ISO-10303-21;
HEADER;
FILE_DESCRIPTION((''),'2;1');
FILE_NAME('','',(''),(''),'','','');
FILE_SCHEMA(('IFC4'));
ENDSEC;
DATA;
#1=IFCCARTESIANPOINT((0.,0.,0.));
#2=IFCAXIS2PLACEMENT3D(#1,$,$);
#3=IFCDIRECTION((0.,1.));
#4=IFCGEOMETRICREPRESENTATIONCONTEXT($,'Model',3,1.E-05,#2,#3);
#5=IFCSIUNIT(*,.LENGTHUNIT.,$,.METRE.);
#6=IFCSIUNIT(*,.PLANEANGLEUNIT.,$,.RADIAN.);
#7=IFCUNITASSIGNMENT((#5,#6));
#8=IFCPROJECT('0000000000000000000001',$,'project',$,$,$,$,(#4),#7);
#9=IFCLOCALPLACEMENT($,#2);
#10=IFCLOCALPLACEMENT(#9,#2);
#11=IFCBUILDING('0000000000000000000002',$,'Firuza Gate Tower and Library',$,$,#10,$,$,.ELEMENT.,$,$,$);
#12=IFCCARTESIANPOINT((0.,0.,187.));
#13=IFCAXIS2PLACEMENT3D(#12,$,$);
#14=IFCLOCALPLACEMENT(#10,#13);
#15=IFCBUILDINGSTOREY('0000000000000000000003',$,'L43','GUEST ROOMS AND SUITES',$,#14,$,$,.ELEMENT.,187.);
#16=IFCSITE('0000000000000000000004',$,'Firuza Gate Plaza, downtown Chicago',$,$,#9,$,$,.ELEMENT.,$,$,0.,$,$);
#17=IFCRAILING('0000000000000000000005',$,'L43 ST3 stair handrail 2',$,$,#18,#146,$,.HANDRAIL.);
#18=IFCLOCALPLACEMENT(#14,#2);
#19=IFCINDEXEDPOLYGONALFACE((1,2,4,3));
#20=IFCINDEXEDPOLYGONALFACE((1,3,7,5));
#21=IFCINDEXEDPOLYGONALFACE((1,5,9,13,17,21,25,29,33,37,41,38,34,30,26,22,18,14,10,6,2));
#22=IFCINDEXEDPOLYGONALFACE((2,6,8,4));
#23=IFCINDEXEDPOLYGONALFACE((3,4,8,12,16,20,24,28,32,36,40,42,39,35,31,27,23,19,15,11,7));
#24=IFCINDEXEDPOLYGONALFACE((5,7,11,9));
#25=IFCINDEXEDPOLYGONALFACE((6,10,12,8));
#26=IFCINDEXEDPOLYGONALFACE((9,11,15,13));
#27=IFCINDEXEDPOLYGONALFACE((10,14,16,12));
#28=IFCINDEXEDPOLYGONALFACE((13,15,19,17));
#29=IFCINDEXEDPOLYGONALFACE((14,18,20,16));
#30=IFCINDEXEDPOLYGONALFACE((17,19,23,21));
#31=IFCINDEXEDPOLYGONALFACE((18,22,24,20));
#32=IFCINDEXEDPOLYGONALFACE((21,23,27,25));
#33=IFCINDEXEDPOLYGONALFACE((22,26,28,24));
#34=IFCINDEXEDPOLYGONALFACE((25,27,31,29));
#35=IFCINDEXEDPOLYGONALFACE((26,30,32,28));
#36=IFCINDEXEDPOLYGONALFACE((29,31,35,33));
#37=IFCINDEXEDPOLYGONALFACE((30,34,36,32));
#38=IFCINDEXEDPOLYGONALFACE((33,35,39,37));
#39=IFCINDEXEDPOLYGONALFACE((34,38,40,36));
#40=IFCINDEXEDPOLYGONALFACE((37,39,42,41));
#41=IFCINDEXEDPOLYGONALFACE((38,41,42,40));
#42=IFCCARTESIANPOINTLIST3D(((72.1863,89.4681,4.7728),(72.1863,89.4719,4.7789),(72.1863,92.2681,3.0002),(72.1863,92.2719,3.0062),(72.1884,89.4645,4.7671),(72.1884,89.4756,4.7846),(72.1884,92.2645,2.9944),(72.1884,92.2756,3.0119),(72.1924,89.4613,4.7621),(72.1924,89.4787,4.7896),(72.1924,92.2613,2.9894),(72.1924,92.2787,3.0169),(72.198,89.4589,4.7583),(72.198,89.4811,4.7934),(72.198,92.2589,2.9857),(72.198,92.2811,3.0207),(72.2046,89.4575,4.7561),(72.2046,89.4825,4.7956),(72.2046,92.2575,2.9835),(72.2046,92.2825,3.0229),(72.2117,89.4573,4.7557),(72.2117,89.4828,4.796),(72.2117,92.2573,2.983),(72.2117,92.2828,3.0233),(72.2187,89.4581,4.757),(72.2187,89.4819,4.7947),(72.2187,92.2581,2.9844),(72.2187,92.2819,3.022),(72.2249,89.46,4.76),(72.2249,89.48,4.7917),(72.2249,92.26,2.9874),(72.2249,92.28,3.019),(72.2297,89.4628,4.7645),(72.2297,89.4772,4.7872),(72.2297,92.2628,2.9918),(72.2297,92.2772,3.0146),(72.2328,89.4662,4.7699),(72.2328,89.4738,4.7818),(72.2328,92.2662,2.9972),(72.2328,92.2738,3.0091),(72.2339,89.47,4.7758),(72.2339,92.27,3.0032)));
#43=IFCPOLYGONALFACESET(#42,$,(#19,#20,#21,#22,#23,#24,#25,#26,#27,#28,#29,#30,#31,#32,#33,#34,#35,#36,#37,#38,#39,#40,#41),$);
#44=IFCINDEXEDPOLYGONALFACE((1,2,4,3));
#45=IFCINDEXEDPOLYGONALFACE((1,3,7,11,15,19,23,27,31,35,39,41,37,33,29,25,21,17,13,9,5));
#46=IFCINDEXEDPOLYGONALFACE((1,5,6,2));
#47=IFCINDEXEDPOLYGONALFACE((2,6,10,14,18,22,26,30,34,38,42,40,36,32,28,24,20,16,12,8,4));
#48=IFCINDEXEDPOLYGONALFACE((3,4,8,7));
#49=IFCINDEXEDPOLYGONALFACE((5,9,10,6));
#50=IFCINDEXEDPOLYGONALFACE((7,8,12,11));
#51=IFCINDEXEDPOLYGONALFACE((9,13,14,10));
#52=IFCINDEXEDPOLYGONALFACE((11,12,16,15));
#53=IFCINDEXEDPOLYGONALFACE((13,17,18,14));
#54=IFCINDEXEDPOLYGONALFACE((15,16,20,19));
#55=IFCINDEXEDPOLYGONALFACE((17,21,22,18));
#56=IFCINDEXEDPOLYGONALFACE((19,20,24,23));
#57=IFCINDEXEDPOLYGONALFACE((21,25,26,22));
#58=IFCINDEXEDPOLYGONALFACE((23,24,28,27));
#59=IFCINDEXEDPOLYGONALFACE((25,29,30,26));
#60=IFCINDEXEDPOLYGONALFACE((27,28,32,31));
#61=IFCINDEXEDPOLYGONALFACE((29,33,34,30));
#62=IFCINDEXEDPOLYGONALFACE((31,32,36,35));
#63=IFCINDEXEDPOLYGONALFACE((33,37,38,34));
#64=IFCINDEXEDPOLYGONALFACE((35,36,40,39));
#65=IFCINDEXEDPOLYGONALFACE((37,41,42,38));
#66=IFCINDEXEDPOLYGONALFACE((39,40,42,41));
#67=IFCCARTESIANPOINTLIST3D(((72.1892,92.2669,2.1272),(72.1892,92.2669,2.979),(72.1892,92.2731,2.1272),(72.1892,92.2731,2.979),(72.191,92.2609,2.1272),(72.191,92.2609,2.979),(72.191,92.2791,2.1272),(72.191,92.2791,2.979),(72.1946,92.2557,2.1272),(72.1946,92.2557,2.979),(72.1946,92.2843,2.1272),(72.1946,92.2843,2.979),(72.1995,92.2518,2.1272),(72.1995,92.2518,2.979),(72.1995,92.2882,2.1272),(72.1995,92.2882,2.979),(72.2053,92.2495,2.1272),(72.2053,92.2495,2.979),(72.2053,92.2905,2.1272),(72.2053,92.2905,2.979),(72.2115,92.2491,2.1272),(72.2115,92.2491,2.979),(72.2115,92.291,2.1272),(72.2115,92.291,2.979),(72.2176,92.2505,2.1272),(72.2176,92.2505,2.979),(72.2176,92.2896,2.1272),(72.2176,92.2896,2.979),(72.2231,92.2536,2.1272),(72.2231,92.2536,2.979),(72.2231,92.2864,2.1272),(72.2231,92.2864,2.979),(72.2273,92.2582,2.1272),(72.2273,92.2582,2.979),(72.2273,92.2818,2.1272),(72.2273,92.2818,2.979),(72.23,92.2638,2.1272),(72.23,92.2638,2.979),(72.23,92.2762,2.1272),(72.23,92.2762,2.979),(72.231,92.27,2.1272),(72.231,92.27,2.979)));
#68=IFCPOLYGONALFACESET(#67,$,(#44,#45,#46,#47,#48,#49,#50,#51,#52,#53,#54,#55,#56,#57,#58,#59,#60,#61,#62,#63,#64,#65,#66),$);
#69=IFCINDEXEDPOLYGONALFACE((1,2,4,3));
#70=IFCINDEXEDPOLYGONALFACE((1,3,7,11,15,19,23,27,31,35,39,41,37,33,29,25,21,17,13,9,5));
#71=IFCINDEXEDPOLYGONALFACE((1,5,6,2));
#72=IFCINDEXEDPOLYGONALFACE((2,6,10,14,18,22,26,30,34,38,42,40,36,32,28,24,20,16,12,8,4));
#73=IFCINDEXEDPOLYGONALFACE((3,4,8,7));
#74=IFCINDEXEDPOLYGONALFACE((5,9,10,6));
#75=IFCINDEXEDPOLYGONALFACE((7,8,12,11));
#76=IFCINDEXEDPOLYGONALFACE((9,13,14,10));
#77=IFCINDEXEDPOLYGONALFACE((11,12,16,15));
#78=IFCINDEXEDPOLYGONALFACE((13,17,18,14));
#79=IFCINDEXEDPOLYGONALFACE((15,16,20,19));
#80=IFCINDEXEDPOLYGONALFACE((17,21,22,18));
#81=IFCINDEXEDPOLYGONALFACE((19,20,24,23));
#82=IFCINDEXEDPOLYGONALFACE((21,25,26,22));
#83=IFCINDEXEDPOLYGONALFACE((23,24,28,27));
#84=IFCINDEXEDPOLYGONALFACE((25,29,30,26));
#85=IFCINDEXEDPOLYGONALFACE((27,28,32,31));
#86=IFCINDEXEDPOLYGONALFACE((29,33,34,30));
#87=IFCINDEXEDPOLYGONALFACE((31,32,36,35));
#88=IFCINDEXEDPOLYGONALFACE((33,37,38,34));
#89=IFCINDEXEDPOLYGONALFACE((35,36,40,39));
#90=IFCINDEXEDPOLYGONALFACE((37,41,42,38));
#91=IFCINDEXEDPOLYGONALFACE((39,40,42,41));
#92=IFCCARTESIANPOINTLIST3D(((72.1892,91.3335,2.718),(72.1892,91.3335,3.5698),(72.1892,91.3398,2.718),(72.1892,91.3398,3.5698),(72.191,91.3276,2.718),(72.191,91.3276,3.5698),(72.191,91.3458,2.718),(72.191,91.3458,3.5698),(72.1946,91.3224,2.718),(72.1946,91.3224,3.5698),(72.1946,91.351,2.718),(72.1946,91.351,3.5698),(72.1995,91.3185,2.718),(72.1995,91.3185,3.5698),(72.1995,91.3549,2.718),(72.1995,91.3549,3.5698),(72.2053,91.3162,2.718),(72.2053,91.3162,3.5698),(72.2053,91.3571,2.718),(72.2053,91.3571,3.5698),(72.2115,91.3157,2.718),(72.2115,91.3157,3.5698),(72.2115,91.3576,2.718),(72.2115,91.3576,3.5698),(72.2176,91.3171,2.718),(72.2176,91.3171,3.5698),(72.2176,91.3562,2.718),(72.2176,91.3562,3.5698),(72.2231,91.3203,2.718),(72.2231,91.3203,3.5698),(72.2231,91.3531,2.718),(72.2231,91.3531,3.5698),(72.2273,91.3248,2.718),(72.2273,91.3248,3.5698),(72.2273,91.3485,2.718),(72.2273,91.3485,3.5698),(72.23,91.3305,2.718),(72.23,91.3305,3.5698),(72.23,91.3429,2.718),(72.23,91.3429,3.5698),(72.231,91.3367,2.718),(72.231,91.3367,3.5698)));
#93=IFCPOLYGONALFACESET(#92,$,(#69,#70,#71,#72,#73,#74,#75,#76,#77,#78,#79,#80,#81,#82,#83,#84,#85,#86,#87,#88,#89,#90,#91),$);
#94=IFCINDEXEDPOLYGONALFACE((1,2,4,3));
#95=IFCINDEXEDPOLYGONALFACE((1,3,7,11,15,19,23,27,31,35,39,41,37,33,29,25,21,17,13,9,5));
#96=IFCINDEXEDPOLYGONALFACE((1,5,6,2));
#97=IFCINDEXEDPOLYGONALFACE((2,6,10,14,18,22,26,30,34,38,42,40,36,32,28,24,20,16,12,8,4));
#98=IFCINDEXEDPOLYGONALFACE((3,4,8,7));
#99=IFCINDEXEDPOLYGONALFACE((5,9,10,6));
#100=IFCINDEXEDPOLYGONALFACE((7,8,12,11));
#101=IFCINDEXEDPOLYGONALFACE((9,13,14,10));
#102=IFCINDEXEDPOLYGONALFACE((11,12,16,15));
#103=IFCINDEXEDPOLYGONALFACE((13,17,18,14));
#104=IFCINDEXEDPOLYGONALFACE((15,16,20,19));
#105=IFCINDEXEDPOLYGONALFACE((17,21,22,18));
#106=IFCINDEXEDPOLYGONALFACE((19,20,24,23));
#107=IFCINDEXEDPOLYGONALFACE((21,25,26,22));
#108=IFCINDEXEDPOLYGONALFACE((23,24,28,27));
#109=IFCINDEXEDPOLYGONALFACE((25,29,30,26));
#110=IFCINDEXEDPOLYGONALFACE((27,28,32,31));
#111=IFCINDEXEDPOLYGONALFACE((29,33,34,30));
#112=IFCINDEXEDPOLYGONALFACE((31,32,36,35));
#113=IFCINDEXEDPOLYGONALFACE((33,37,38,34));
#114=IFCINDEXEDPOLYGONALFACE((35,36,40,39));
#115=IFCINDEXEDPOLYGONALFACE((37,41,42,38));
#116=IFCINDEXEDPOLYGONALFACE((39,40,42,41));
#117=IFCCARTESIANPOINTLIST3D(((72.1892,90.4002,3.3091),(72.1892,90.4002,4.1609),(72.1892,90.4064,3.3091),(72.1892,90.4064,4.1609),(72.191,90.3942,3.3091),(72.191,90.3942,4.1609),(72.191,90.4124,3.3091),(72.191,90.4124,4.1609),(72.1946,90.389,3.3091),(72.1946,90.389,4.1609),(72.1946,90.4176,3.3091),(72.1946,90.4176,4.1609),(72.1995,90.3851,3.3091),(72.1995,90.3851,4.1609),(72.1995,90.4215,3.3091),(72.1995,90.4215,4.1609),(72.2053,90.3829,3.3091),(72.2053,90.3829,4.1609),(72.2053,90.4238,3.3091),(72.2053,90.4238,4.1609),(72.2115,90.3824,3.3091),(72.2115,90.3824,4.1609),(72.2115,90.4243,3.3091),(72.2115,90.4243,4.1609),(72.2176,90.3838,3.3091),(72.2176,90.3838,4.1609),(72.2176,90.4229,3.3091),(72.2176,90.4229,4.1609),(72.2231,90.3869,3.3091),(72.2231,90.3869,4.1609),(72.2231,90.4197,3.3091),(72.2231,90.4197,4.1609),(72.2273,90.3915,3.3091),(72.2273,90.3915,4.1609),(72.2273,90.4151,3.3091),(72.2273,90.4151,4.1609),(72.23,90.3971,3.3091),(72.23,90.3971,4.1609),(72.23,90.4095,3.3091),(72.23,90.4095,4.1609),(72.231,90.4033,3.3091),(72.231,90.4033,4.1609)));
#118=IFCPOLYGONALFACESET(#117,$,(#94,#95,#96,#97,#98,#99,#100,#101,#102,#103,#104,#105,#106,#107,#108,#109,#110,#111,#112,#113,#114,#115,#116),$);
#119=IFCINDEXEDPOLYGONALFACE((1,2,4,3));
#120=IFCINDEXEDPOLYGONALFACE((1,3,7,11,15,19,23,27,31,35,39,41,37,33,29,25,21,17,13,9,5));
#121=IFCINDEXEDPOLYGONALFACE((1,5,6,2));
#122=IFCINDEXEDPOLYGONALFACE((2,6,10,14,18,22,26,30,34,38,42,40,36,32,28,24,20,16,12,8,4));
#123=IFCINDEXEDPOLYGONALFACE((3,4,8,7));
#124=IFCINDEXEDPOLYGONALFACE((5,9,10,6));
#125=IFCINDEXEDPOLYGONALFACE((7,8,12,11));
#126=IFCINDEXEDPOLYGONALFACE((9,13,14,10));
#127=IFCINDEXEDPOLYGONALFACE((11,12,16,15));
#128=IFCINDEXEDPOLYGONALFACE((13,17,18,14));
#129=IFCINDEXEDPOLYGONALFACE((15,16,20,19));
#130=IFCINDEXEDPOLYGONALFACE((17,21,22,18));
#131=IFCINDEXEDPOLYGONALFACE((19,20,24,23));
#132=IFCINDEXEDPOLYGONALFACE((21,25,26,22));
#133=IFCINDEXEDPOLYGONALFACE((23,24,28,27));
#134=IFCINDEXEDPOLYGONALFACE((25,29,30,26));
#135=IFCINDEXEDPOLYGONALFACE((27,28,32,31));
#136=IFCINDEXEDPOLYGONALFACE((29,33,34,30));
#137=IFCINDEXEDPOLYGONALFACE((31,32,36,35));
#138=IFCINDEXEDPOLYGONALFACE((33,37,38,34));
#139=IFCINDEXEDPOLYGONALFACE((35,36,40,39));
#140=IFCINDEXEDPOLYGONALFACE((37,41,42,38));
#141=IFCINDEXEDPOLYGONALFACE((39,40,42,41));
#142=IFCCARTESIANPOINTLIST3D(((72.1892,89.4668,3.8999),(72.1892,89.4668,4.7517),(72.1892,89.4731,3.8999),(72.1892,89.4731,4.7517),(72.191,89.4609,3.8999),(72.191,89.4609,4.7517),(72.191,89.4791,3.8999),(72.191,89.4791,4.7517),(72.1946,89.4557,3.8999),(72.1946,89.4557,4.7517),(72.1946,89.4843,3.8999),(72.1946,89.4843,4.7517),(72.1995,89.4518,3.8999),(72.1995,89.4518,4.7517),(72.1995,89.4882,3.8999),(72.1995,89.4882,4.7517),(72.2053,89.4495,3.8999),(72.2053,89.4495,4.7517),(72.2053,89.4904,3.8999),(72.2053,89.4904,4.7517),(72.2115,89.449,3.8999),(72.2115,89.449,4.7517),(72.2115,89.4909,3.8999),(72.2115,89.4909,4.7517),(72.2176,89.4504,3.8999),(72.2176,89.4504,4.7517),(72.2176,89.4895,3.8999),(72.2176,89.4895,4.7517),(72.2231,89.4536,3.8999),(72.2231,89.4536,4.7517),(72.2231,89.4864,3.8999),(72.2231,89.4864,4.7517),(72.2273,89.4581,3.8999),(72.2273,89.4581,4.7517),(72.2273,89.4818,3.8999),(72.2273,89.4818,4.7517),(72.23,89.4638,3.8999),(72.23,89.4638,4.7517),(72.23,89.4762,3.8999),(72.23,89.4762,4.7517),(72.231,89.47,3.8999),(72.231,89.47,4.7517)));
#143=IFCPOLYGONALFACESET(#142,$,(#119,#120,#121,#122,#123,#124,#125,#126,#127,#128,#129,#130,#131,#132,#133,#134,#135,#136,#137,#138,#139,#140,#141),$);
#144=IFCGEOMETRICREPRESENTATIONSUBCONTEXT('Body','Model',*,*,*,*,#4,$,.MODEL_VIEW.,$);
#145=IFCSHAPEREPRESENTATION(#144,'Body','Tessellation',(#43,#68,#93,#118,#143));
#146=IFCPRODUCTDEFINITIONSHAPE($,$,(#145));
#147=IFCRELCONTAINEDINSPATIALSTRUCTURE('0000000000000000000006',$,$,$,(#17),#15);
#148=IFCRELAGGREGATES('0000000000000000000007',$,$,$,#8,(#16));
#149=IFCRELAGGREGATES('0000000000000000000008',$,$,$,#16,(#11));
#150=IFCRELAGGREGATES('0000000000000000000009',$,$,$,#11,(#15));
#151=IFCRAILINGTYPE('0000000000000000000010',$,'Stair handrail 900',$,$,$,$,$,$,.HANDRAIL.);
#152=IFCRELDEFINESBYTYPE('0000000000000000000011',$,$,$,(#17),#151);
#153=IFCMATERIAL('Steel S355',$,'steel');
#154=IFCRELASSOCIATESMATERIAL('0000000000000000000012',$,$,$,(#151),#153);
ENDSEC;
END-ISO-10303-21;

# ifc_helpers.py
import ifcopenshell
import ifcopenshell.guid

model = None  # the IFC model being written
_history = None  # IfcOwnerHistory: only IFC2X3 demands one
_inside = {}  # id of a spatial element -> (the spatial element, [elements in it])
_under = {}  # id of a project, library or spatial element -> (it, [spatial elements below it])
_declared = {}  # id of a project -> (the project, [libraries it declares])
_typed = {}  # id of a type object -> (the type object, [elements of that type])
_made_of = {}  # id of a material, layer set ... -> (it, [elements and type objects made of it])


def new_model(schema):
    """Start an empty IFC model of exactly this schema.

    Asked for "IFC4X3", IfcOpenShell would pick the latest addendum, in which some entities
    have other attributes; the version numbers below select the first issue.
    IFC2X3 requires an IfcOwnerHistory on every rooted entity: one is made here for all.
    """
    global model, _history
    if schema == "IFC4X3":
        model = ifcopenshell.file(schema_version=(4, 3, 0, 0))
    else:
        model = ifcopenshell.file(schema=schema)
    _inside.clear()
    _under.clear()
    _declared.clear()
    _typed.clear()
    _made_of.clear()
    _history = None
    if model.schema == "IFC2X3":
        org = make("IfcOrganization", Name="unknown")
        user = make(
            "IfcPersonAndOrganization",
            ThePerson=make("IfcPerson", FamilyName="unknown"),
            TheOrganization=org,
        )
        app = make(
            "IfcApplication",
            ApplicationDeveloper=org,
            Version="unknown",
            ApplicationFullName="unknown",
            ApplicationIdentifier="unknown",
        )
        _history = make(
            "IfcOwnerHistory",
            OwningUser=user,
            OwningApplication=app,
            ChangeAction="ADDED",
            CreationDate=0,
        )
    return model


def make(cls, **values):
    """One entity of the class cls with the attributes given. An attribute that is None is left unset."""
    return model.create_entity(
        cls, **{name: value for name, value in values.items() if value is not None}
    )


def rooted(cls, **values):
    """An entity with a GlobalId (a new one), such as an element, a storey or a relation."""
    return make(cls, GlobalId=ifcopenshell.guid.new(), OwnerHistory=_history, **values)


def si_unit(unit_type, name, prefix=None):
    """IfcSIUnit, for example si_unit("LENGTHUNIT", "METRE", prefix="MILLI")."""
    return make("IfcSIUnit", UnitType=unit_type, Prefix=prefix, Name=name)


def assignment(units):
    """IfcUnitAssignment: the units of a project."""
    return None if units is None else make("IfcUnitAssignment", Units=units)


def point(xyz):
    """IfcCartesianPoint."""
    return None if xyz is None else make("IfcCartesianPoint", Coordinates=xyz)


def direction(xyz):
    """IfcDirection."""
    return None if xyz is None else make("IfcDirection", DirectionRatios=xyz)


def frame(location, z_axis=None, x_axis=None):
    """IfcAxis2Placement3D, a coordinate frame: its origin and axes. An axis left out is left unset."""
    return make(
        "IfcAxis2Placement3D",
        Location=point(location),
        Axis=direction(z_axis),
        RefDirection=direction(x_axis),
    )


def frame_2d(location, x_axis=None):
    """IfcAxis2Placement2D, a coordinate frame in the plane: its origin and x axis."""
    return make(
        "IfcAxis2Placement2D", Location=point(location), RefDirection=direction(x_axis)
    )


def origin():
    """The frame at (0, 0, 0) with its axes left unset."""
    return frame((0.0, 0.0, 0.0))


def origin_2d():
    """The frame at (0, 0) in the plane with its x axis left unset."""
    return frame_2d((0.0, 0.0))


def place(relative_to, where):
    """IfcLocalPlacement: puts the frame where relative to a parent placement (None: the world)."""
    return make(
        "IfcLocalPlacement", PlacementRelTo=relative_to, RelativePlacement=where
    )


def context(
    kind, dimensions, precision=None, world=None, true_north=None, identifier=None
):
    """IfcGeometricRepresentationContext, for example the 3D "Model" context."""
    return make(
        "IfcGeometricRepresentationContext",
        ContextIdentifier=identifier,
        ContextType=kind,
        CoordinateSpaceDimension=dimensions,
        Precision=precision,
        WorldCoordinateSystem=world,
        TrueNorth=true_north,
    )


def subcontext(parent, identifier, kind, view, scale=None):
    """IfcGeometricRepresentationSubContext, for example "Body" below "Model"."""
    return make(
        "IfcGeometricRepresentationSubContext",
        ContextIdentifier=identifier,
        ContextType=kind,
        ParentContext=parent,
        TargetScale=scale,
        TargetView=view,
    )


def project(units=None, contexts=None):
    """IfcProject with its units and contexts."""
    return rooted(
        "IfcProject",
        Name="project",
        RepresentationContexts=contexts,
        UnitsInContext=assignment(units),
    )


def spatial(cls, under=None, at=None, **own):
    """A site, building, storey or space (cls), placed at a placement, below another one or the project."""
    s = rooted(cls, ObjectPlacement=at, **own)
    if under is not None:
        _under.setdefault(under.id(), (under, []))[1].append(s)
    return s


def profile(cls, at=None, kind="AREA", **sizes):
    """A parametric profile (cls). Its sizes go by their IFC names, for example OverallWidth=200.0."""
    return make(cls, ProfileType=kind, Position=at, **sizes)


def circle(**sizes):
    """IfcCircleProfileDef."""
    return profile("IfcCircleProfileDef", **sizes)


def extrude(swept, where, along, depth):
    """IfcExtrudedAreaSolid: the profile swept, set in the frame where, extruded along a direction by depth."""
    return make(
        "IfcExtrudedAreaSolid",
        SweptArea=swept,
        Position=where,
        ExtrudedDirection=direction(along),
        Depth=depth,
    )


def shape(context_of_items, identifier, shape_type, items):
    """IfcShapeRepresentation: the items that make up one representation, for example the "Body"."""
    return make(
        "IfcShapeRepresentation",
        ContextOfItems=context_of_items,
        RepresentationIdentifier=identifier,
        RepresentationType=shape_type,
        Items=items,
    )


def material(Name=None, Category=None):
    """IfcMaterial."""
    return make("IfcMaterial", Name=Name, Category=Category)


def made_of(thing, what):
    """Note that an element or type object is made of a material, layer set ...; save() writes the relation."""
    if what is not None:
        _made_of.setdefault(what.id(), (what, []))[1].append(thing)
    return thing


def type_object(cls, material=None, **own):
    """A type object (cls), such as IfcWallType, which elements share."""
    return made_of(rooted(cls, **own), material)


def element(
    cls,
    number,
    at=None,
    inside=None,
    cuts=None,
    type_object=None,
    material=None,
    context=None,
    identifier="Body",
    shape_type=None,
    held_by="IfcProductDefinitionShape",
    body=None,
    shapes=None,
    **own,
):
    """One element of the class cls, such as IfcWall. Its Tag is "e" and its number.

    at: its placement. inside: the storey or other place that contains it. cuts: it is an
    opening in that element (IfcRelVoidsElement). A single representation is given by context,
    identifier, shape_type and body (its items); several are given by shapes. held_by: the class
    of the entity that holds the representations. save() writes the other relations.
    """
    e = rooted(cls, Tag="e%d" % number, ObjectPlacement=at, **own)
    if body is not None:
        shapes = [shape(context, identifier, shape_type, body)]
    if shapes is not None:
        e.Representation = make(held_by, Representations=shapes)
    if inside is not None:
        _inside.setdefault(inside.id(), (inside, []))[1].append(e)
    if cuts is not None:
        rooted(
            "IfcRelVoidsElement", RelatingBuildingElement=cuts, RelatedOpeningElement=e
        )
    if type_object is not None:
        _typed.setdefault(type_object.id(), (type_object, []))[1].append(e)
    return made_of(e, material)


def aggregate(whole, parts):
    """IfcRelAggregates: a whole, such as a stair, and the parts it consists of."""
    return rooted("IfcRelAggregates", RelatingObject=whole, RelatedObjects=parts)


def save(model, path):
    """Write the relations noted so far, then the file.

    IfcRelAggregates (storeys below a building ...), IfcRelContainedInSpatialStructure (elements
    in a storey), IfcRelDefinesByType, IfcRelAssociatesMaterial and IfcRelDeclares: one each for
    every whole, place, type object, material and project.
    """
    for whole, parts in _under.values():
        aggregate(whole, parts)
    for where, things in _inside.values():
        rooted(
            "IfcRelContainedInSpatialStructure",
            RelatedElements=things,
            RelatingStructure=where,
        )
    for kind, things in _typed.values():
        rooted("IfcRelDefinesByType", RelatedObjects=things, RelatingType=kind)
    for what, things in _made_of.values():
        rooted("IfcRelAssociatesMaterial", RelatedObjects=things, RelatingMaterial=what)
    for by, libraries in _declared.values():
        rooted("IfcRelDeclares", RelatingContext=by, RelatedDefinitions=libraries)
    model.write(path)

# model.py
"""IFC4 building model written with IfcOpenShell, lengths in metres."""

from ifc_helpers import new_model, si_unit, direction, frame, origin, origin_2d, place, context, subcontext, project, spatial, circle, extrude, material, type_object, element, save


model = new_model("IFC4")

# Units and contexts
model_context = context("Model", 3, precision=1e-05, world=origin(), true_north=direction((0.0, 1.0)))
body_context = subcontext(model_context, "Body", "Model", "MODEL_VIEW")
ifc_project = project(units=[si_unit("LENGTHUNIT", "METRE"), si_unit("PLANEANGLEUNIT", "RADIAN")], contexts=[model_context])

# Site, building, storey
site_placement = place(None, origin())
site = spatial("IfcSite", under=ifc_project, at=site_placement, Name="Firuza Gate Plaza, downtown Chicago", CompositionType="ELEMENT", RefElevation=0.0)
building_placement = place(site_placement, origin())
building = spatial("IfcBuilding", under=site, at=building_placement, Name="Firuza Gate Tower and Library", CompositionType="ELEMENT")
storey_placement = place(building_placement, frame((0.0, 0.0, 187.0)))
storey = spatial("IfcBuildingStorey", under=building, at=storey_placement, Name="L43", Description="GUEST ROOMS AND SUITES", CompositionType="ELEMENT", Elevation=187.0)

# Railing
ifc_material_1 = material(Name="Steel S355", Category="steel")
railing_type_1 = type_object("IfcRailingType", Name="Stair handrail 900", PredefinedType="HANDRAIL", material=ifc_material_1)
railing_1_placement = place(storey_placement, frame((72.21, 92.27, 2.1272)))
element("IfcRailing", 1, at=railing_1_placement, inside=storey, type_object=railing_type_1, Name="L43 ST3 stair handrail 2", PredefinedType="HANDRAIL", context=body_context, shape_type="SweptSolid", body=[
    extrude(circle(Radius=0.0239, at=origin_2d()), frame((0.0, 0.0, 0.876), z_axis=(0.0, -0.844909, 0.53491), x_axis=(1.0, 0.0, 0.0)), (0.0, 0.0, 1.0), 3.314),
    extrude(circle(Radius=0.021, at=origin_2d()), origin(), (0.0, 0.0, 1.0), 0.8518),
    extrude(circle(Radius=0.021, at=origin_2d()), frame((0.0, -0.9333, 0.5908)), (0.0, 0.0, 1.0), 0.8518),
    extrude(circle(Radius=0.021, at=origin_2d()), frame((0.0, -1.8667, 1.1819)), (0.0, 0.0, 1.0), 0.8518),
    extrude(circle(Radius=0.021, at=origin_2d()), frame((0.0, -2.8, 1.7727)), (0.0, 0.0, 1.0), 0.8518),
])

save(model, "model.ifc")
